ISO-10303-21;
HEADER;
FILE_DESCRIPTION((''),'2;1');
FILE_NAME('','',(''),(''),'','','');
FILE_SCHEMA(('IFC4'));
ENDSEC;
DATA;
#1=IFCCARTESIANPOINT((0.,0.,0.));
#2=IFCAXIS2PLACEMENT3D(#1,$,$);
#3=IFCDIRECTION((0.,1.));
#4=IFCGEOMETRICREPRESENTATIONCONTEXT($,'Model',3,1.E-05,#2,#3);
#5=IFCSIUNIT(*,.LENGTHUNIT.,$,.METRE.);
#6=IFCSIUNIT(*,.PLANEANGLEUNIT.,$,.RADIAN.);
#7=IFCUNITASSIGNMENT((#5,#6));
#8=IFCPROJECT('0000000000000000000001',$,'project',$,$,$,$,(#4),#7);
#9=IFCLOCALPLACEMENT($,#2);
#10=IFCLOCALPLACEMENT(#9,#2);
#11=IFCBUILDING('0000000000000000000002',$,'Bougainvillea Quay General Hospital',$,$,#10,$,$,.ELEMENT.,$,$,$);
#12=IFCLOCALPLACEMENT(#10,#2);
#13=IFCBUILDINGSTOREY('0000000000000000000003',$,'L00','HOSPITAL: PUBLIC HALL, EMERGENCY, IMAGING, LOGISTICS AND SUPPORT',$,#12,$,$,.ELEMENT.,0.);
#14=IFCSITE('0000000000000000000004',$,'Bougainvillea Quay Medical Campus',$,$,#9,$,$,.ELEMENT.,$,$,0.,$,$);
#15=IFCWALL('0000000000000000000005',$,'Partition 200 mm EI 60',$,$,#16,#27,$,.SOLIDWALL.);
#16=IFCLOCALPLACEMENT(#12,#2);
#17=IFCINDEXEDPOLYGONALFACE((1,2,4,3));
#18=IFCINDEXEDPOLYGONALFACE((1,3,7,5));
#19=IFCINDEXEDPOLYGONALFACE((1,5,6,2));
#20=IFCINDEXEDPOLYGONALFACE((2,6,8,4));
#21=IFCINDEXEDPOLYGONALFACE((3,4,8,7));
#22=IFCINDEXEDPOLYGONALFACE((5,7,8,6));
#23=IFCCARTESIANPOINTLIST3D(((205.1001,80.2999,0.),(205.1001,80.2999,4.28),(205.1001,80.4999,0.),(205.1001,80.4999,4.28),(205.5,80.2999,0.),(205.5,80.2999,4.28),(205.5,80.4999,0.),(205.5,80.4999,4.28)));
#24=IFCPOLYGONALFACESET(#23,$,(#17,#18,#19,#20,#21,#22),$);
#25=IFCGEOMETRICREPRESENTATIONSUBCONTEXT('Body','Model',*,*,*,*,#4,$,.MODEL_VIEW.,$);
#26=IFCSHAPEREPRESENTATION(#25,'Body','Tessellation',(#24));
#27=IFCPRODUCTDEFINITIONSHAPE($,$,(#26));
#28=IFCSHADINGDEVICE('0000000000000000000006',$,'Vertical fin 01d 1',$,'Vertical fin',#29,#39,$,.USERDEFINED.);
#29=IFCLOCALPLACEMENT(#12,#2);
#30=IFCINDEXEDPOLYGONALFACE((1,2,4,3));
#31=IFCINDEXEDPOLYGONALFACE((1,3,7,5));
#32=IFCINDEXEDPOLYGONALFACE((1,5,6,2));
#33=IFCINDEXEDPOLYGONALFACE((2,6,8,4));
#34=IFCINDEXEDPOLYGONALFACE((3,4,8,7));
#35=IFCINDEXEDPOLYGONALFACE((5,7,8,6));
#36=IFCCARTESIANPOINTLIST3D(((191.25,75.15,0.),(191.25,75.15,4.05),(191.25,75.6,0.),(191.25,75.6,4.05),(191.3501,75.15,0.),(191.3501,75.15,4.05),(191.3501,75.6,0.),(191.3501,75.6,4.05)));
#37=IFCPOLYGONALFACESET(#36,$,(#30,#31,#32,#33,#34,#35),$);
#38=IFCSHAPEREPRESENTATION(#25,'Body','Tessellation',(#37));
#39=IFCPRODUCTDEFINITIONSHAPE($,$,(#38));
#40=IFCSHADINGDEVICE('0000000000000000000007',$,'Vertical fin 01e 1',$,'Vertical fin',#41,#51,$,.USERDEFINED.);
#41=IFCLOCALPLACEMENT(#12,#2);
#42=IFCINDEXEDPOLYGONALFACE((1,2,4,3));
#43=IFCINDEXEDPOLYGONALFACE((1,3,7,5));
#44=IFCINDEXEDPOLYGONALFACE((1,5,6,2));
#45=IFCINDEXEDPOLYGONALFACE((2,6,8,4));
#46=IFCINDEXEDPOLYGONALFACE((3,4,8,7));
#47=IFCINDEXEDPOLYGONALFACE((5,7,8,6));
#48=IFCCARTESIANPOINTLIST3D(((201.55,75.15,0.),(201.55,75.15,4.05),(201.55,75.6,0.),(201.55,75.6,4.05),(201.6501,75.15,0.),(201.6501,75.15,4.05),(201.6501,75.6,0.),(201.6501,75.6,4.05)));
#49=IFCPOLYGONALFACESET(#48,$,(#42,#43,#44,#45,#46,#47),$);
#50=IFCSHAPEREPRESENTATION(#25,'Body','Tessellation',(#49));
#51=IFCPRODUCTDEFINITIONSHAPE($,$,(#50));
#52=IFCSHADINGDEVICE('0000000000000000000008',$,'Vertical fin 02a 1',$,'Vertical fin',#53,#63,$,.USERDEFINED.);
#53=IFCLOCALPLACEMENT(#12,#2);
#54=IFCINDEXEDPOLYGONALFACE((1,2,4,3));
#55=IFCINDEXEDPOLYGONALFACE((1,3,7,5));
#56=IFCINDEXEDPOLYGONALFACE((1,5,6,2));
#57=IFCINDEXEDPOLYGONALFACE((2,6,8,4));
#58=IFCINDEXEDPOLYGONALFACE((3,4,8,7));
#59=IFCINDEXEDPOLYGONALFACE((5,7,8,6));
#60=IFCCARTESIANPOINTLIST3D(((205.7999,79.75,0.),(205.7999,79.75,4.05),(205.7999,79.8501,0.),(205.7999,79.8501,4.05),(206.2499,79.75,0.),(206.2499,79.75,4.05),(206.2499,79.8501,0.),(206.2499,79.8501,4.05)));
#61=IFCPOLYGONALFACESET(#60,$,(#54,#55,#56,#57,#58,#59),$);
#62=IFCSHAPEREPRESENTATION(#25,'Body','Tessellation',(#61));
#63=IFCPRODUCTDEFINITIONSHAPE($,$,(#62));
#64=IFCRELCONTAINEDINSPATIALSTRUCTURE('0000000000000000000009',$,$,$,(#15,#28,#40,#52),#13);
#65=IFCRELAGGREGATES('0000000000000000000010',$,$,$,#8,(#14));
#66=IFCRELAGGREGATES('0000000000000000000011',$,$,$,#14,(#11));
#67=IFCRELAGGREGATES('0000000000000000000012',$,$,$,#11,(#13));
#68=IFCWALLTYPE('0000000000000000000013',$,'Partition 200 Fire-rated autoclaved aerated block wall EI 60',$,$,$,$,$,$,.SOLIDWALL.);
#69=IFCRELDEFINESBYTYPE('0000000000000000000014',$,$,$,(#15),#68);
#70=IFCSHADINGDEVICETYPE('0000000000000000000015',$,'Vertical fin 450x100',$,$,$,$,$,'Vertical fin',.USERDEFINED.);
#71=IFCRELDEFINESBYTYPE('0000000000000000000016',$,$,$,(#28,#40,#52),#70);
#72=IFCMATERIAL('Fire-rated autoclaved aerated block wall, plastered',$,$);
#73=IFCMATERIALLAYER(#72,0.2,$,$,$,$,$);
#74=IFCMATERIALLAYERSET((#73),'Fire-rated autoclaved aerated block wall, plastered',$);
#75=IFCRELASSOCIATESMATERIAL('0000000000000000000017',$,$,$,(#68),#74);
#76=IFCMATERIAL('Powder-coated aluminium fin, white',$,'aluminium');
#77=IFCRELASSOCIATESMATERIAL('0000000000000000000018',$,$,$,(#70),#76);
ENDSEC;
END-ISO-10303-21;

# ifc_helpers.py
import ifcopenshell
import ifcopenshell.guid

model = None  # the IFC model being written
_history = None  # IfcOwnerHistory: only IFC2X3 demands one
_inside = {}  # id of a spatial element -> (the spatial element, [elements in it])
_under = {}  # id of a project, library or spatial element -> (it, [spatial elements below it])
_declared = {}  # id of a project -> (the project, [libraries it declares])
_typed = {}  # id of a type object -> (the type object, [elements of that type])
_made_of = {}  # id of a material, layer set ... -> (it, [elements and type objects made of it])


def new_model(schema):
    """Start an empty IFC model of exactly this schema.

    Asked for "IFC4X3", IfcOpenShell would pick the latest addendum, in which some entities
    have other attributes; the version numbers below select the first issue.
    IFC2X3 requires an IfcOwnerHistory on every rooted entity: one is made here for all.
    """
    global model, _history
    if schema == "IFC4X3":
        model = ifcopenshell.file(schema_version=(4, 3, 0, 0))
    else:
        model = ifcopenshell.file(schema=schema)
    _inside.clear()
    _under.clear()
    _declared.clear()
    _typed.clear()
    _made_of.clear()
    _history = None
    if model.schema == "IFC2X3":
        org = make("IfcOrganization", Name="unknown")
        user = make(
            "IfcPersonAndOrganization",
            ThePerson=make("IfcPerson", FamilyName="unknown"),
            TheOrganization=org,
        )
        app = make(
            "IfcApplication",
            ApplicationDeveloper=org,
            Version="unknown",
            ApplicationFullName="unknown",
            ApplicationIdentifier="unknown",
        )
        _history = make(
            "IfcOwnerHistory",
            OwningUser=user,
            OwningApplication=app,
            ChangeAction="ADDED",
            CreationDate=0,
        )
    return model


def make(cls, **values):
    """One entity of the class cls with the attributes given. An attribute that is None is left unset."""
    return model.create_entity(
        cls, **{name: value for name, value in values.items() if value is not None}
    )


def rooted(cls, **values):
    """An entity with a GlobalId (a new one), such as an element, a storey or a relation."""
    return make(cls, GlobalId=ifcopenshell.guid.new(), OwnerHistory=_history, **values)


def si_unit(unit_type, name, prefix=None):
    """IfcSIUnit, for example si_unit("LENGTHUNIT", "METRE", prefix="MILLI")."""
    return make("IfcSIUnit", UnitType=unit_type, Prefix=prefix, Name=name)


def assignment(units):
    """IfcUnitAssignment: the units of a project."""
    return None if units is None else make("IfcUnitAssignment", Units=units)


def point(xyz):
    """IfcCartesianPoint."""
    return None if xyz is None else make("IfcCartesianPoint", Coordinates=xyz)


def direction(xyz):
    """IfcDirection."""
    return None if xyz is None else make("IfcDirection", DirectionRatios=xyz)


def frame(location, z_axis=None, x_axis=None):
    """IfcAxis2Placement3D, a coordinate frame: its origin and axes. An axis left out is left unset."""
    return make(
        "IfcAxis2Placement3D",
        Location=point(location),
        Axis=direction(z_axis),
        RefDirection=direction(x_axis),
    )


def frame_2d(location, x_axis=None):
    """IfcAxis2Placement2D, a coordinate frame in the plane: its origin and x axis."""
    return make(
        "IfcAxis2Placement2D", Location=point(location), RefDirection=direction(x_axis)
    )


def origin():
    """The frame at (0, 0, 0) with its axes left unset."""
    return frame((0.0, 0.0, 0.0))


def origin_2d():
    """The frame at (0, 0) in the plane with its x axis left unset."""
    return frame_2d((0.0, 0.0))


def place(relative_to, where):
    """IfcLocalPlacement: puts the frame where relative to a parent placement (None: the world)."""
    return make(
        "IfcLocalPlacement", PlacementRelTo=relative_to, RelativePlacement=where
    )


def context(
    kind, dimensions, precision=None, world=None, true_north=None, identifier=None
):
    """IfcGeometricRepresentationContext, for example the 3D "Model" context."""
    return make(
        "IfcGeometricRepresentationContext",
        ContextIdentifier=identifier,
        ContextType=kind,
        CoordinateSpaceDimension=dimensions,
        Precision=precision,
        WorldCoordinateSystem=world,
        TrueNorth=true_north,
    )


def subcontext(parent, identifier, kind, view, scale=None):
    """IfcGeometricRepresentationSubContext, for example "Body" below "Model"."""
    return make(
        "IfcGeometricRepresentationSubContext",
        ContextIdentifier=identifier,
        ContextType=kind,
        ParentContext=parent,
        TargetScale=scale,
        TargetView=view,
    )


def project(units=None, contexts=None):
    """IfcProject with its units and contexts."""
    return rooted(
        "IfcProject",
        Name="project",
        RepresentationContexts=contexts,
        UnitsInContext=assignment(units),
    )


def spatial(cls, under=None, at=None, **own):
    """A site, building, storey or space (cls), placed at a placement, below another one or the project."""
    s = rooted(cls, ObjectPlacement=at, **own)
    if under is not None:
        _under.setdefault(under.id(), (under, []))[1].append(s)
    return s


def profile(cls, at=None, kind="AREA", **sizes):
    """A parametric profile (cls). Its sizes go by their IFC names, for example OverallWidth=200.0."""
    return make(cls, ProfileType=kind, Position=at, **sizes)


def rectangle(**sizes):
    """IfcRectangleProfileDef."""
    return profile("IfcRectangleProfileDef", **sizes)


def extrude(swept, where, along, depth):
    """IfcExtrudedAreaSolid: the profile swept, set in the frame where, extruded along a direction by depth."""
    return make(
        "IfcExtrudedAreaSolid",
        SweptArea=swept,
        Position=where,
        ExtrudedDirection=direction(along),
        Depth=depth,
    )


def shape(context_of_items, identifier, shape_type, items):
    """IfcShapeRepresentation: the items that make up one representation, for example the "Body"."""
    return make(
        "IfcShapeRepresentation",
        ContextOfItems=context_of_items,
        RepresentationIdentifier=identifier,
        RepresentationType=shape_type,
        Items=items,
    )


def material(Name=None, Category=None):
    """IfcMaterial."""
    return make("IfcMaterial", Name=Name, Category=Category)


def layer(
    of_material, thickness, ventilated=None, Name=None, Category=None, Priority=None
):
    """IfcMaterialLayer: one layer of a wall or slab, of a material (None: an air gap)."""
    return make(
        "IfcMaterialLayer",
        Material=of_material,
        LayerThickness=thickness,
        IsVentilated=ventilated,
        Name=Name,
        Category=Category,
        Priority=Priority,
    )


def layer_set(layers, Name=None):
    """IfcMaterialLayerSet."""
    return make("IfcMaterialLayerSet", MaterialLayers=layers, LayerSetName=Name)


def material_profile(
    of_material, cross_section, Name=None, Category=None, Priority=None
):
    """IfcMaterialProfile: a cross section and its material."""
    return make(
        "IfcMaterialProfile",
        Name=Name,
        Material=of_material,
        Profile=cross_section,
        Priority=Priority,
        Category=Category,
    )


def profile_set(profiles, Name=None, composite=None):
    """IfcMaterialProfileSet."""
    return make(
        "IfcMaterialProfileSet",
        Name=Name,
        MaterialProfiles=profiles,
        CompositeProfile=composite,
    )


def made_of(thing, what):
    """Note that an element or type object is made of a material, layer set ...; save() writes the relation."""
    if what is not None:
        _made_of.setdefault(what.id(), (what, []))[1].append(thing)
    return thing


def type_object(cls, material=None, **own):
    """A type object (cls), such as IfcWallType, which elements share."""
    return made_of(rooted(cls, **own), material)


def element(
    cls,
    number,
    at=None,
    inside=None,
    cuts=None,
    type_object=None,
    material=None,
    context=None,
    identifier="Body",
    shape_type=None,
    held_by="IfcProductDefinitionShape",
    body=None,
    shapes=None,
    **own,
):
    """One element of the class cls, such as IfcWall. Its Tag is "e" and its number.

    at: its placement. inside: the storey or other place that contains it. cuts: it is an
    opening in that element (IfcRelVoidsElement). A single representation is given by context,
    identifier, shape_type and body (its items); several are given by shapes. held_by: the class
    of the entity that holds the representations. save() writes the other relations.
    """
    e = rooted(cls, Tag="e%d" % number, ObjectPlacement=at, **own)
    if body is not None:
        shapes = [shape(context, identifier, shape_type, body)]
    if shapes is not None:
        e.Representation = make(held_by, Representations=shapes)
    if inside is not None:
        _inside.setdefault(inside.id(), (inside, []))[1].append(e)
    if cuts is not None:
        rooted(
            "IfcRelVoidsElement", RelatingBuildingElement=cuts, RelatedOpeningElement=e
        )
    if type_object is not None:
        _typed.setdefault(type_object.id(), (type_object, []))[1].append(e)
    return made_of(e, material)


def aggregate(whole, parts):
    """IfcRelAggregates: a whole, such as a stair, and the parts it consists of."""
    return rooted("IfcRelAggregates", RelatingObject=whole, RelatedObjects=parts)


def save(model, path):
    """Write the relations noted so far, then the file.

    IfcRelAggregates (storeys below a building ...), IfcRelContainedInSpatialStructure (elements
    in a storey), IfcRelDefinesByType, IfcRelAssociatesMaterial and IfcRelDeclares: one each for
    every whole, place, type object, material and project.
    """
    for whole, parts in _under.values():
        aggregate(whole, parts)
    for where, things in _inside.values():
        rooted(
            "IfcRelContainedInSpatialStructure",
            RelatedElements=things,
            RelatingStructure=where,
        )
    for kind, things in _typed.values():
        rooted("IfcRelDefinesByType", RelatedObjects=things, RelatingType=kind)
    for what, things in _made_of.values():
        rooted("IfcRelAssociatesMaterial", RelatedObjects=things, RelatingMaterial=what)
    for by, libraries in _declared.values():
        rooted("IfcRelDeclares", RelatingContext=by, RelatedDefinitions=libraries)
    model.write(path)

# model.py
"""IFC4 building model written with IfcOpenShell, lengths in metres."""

from ifc_helpers import new_model, si_unit, direction, frame, frame_2d, origin, origin_2d, place, context, subcontext, project, spatial, rectangle, extrude, material, layer, layer_set, material_profile, profile_set, type_object, element, save


model = new_model("IFC4")

# Units and contexts
model_context = context("Model", 3, precision=1e-05, world=origin(), true_north=direction((0.0, 1.0)))
body_context = subcontext(model_context, "Body", "Model", "MODEL_VIEW")
ifc_project = project(units=[si_unit("LENGTHUNIT", "METRE"), si_unit("PLANEANGLEUNIT", "RADIAN")], contexts=[model_context])

# Site, building, storey
site_placement = place(None, origin())
site = spatial("IfcSite", under=ifc_project, at=site_placement, Name="Bougainvillea Quay Medical Campus", CompositionType="ELEMENT", RefElevation=0.0)
building_placement = place(site_placement, origin())
building = spatial("IfcBuilding", under=site, at=building_placement, Name="Bougainvillea Quay General Hospital", CompositionType="ELEMENT")
storey_placement = place(building_placement, origin())
storey = spatial("IfcBuildingStorey", under=building, at=storey_placement, Name="L00", Description="HOSPITAL: PUBLIC HALL, EMERGENCY, IMAGING, LOGISTICS AND SUPPORT", CompositionType="ELEMENT", Elevation=0.0)

# Shared definitions
ifc_material_1 = material(Name="Fire-rated autoclaved aerated block wall, plastered")
ifc_layer_1 = layer(ifc_material_1, 0.2)
ifc_layer_set_1 = layer_set([ifc_layer_1], Name="Fire-rated autoclaved aerated block wall, plastered")
wall_type_1 = type_object("IfcWallType", Name="Partition 200 Fire-rated autoclaved aerated block wall EI 60", PredefinedType="SOLIDWALL", material=ifc_layer_set_1)

# Wall
wall_1_placement = place(storey_placement, frame((205.1001, 80.3999, 0.0), z_axis=(0.0, 0.0, 1.0), x_axis=(1.0, 0.0, 0.0)))
element("IfcWall", 1, at=wall_1_placement, inside=storey, type_object=wall_type_1, Name="Partition 200 mm EI 60", PredefinedType="SOLIDWALL", context=body_context, shape_type="SweptSolid", body=[
    extrude(rectangle(XDim=0.3999, YDim=0.2, at=frame_2d((0.2, 0.0))), origin(), (0.0, 0.0, 1.0), 4.28),
])

# Shading devices
ifc_material_2 = material(Name="Powder-coated aluminium fin, white", Category="aluminium")
ifc_material_profile_1 = material_profile(ifc_material_2, rectangle(XDim=0.45, YDim=0.1001, at=origin_2d()))
ifc_profile_set_1 = profile_set([ifc_material_profile_1], Name="Powder-coated aluminium fin, white")
shading_device_type = type_object("IfcShadingDeviceType", Name="Vertical fin 450x100", ElementType="Vertical fin", PredefinedType="USERDEFINED", material=ifc_profile_set_1)
for number, where, z_axis, x_axis, name in (
    (2, (191.3, 75.375, 0.0), (0.0, 0.0, 1.0), (0.0, -1.0, 0.0), "Vertical fin 01d 1"),
    (3, (201.6001, 75.375, 0.0), (0.0, 0.0, 1.0), (0.0, -1.0, 0.0), "Vertical fin 01e 1"),
    (4, (206.0249, 79.8, 0.0), (0.0, 0.0, 1.0), (1.0, 0.0, 0.0), "Vertical fin 02a 1"),
):
    element("IfcShadingDevice", number, at=place(storey_placement, frame(where, z_axis=z_axis, x_axis=x_axis)), inside=storey, type_object=shading_device_type, Name=name, ObjectType="Vertical fin", PredefinedType="USERDEFINED", context=body_context, shape_type="SweptSolid", body=[
        extrude(rectangle(XDim=0.45, YDim=0.1001, at=origin_2d()), origin(), (0.0, 0.0, 1.0), 4.05),
    ])

save(model, "model.ifc")
